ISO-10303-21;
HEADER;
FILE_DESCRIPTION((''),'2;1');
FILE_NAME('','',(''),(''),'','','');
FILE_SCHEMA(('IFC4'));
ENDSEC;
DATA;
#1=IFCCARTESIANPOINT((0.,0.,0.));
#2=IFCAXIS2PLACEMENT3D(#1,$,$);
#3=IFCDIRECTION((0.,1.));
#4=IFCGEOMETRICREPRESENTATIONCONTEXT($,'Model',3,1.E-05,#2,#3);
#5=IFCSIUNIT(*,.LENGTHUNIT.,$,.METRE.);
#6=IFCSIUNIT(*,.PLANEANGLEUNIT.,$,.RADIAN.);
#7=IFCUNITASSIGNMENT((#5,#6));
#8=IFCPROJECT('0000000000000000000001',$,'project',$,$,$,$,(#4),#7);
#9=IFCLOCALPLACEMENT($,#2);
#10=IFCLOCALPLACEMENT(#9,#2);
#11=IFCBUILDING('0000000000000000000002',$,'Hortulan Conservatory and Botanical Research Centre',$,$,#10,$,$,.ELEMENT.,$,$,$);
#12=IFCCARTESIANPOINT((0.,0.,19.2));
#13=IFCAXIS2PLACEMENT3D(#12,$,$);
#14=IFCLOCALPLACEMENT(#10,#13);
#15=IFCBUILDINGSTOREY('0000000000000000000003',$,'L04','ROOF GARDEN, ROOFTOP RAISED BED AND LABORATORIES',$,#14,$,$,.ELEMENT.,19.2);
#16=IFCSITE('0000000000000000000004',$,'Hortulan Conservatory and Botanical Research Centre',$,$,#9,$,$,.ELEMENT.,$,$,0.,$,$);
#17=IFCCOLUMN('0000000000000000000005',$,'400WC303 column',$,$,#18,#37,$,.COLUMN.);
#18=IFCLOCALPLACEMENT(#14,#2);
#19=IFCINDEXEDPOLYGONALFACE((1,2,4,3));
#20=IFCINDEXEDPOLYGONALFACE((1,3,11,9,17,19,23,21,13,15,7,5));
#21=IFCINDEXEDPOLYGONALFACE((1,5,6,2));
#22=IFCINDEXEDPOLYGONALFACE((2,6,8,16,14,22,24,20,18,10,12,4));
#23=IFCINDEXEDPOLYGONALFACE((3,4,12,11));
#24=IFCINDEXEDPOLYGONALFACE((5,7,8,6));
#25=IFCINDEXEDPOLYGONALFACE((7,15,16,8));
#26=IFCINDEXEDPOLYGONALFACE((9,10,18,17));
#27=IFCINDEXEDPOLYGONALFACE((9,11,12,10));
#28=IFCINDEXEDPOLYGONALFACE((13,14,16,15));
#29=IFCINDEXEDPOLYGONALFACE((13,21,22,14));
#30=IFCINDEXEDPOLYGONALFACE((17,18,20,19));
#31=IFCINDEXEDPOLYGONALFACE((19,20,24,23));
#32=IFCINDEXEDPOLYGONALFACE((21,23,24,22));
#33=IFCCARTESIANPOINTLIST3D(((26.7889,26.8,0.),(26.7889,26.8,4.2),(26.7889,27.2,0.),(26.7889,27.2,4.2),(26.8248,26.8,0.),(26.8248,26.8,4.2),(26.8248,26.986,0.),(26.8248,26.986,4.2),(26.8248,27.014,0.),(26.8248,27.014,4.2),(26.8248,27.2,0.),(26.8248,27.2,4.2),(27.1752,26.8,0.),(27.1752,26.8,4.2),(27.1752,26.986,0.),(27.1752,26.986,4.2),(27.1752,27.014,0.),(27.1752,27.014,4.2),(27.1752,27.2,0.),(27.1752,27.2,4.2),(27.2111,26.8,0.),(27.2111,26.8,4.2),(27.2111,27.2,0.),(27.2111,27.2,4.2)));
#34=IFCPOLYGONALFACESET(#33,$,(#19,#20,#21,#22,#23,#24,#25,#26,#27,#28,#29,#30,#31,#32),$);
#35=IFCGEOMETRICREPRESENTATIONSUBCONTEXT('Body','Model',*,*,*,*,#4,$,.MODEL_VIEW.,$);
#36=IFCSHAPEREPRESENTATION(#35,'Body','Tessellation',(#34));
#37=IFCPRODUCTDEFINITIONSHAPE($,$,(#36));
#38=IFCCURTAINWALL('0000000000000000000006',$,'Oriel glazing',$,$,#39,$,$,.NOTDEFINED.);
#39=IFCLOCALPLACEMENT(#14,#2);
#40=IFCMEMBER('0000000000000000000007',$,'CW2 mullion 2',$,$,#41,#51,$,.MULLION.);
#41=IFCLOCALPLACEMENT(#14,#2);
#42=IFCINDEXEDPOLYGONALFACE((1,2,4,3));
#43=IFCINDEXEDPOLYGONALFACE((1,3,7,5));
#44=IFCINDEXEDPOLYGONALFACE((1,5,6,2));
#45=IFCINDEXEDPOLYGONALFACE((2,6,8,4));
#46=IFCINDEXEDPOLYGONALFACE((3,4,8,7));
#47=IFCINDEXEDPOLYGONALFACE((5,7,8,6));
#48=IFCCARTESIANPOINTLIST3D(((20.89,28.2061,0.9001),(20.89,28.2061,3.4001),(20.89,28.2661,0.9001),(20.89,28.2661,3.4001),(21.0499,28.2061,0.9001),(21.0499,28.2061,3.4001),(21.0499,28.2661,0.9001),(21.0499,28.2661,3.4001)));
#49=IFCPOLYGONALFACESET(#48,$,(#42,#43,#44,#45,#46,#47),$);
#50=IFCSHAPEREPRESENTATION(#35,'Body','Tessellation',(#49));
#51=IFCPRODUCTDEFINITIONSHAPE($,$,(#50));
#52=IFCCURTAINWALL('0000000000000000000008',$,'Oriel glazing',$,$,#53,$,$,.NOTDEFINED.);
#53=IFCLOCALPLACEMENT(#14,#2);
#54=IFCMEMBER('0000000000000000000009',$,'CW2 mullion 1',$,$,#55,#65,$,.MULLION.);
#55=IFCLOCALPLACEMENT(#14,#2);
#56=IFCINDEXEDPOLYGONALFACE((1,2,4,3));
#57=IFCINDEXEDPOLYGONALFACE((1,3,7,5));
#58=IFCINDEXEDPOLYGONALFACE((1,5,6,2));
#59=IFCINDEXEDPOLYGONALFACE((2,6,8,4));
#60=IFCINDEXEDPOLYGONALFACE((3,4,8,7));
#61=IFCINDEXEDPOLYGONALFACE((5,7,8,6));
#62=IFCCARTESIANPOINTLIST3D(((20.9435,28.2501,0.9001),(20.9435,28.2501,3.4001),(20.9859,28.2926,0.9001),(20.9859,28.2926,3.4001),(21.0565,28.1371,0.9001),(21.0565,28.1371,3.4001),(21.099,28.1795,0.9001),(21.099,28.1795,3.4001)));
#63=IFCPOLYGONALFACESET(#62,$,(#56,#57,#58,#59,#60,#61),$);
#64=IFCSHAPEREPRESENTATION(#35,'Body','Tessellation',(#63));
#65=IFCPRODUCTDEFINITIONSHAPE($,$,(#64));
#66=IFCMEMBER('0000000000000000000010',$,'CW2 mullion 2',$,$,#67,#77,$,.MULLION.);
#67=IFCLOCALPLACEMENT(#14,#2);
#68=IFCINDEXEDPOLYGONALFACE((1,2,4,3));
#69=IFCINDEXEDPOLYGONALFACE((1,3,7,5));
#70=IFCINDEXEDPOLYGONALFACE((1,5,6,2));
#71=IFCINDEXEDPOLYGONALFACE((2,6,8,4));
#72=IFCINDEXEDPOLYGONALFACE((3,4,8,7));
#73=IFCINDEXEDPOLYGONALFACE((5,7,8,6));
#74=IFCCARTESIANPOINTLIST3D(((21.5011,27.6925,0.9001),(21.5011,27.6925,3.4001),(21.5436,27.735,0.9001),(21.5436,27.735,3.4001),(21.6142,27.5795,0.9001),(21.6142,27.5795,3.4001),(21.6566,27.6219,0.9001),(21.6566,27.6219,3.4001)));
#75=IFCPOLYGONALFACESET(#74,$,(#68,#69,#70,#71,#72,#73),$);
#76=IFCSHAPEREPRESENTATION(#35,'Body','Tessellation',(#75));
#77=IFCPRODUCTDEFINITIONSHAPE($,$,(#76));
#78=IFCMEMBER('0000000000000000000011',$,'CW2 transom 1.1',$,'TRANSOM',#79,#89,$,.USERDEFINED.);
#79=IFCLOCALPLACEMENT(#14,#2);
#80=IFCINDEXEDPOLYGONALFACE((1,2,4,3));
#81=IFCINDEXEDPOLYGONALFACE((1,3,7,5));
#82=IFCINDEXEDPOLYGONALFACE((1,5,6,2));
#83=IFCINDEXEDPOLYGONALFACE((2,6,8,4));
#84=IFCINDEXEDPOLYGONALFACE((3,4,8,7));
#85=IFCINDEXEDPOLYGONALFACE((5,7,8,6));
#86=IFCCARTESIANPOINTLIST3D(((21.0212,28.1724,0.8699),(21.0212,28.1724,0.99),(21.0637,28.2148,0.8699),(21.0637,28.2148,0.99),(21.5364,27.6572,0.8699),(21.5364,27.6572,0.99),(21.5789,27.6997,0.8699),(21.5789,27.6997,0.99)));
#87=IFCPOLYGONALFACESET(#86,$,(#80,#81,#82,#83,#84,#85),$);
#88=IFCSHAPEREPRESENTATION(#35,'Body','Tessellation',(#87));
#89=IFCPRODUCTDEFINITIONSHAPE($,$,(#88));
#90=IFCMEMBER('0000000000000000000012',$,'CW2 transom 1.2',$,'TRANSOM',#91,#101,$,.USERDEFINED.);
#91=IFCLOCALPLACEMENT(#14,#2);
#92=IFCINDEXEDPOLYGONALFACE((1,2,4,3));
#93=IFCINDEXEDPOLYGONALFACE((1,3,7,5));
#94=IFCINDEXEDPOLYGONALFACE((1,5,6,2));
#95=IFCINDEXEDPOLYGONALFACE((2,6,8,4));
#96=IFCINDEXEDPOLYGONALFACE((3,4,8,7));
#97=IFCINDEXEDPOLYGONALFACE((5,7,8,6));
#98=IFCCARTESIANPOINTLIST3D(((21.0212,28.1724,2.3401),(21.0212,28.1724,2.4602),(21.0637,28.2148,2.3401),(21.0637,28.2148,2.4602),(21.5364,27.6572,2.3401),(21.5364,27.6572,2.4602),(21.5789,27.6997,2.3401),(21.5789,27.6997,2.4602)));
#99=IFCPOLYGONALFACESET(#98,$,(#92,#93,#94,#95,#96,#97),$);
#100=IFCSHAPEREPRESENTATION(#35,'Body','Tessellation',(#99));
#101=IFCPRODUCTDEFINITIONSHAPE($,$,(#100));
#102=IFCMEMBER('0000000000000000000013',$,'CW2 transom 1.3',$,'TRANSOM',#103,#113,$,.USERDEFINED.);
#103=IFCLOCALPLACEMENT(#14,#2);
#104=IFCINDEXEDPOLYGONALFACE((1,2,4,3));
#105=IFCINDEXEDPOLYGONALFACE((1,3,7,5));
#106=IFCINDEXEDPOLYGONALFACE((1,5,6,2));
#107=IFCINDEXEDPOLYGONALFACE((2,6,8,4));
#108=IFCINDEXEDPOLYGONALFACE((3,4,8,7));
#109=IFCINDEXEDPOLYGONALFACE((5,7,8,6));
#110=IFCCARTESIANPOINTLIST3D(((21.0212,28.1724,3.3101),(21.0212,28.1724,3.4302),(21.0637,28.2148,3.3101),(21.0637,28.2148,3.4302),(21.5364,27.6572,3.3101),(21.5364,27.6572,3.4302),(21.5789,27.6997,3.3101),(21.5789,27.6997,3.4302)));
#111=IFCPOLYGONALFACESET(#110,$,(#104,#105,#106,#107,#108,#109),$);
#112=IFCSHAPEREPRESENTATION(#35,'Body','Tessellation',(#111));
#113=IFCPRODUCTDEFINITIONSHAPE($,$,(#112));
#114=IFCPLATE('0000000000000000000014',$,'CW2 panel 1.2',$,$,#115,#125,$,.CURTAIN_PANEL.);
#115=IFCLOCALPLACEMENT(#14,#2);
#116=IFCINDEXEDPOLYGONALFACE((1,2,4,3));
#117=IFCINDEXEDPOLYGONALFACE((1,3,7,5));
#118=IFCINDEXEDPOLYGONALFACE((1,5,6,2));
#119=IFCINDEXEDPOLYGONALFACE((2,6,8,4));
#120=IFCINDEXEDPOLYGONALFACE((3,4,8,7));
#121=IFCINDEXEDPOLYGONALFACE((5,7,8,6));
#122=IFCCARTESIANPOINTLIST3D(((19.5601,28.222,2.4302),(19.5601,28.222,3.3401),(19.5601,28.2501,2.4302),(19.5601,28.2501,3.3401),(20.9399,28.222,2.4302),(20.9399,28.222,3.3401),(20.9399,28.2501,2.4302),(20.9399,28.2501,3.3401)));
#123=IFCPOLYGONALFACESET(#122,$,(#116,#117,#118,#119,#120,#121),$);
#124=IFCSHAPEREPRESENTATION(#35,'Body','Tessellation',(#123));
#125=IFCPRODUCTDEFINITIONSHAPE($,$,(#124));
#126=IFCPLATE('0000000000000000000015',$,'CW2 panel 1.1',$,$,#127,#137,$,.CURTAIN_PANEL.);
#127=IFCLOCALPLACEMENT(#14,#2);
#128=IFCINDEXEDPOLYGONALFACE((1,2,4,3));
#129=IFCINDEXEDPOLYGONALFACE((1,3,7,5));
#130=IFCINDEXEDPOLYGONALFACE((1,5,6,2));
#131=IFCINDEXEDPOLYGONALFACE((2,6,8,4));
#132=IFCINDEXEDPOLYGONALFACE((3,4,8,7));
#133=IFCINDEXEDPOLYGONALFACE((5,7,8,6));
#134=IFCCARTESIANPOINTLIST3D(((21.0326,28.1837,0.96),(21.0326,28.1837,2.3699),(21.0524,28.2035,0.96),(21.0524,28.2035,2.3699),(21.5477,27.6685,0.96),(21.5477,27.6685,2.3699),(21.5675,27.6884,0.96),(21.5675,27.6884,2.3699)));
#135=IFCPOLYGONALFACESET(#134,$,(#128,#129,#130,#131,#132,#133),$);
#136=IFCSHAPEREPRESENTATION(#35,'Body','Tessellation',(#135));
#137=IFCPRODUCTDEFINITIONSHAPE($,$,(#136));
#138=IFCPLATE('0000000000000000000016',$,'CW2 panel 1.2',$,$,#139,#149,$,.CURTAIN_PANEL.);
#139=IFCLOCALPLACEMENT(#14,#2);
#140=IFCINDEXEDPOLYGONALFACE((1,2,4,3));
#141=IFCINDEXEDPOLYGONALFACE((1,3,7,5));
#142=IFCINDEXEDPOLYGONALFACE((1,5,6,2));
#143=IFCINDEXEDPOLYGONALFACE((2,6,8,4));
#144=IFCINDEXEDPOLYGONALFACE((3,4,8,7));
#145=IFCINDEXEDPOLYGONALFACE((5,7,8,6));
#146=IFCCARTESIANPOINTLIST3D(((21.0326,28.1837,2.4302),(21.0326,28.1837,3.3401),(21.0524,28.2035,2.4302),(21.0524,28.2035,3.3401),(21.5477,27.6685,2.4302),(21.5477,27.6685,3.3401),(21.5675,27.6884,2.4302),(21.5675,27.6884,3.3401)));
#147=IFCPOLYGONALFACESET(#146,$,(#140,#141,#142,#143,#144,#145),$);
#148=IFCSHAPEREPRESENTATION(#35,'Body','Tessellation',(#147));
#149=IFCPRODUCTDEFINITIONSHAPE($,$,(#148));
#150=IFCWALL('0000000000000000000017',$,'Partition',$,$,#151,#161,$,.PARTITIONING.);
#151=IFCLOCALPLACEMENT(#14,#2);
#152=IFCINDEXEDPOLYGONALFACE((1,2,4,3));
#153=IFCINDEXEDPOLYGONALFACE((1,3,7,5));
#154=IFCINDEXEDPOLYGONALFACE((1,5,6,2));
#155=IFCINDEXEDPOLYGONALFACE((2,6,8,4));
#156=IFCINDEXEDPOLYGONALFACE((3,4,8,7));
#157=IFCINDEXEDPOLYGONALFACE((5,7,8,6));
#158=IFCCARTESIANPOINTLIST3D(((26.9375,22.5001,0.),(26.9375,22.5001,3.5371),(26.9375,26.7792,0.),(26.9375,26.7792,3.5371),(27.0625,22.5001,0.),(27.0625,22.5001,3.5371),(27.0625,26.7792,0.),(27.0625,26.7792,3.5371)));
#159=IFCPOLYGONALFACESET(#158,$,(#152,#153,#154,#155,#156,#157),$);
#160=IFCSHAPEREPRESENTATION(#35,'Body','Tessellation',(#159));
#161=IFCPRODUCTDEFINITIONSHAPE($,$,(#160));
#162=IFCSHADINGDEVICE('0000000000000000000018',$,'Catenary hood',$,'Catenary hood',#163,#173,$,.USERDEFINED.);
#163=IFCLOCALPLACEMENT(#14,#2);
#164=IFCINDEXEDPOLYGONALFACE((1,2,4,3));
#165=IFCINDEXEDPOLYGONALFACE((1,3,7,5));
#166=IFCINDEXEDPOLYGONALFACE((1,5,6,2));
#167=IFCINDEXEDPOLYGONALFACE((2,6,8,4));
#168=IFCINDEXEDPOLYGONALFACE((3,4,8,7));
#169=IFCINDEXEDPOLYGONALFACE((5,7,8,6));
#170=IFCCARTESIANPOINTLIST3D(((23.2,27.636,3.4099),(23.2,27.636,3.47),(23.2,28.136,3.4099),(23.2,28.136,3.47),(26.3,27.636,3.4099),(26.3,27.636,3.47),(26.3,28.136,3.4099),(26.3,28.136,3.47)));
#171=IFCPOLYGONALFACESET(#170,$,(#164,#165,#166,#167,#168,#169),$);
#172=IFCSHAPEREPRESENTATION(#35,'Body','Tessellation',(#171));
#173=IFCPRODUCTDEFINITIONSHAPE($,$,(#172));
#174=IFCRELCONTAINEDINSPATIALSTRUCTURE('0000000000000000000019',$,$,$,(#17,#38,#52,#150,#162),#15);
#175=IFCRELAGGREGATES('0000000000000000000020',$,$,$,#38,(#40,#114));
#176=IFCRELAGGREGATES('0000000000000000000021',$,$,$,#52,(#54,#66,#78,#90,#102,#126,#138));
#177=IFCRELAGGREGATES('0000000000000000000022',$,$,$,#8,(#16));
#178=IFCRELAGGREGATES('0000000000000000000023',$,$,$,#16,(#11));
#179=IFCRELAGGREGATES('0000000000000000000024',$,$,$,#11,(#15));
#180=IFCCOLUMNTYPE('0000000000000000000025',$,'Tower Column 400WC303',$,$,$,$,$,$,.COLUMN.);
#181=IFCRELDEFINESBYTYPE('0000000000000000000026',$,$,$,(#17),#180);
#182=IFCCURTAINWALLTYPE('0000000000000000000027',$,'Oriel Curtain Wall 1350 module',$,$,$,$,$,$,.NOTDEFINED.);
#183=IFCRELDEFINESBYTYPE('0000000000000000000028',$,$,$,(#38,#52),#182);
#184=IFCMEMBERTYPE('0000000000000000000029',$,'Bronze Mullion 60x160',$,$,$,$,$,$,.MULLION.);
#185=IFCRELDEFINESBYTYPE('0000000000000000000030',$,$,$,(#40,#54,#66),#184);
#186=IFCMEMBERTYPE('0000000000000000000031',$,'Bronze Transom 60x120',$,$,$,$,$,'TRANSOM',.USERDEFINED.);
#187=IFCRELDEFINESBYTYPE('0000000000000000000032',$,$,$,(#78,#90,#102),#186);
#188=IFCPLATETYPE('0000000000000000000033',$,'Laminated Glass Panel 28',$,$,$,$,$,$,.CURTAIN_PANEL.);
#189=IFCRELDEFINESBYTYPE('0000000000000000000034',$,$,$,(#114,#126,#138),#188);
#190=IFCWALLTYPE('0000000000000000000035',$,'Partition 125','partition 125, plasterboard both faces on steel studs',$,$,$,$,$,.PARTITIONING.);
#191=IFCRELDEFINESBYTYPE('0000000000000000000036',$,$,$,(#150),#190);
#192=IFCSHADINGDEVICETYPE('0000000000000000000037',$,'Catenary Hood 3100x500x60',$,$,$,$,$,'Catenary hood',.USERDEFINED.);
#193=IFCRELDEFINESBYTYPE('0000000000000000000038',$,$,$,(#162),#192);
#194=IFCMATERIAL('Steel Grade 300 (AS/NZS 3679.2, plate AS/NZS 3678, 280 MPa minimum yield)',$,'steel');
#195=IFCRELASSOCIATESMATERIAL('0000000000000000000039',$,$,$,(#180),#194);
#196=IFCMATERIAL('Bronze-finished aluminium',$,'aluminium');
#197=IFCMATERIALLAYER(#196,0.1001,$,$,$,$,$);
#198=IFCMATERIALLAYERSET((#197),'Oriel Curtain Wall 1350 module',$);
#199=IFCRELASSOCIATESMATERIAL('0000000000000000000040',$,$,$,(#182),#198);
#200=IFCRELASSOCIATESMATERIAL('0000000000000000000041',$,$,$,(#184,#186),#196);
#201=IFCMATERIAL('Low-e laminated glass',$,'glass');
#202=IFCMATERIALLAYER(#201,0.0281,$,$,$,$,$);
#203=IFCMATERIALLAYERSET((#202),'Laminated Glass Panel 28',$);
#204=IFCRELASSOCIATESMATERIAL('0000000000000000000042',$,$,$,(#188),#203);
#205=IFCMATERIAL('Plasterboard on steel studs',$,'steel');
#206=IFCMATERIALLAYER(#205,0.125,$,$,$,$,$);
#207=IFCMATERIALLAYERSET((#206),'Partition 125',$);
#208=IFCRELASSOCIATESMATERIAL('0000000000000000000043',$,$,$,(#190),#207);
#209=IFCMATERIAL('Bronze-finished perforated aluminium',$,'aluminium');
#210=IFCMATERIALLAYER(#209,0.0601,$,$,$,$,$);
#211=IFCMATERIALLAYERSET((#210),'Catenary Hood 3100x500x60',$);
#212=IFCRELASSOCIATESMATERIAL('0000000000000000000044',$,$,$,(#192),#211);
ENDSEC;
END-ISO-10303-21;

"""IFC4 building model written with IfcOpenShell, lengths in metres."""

from ifc_helpers import new_model, si_unit, direction, frame, frame_2d, origin, origin_2d, place, context, subcontext, project, spatial, rectangle, i_section, extrude, material, layer, layer_set, material_profile, profile_set, type_object, element, aggregate, save


model = new_model("IFC4")

# Units and contexts
model_context = context("Model", 3, precision=1e-05, world=origin(), true_north=direction((0.0, 1.0)))
body_context = subcontext(model_context, "Body", "Model", "MODEL_VIEW")
ifc_project = project(units=[si_unit("LENGTHUNIT", "METRE"), si_unit("PLANEANGLEUNIT", "RADIAN")], contexts=[model_context])

# Site, building, storey
site_placement = place(None, origin())
site = spatial("IfcSite", under=ifc_project, at=site_placement, Name="Hortulan Conservatory and Botanical Research Centre", CompositionType="ELEMENT", RefElevation=0.0)
building_placement = place(site_placement, origin())
building = spatial("IfcBuilding", under=site, at=building_placement, Name="Hortulan Conservatory and Botanical Research Centre", CompositionType="ELEMENT")
storey_placement = place(building_placement, frame((0.0, 0.0, 19.2)))
storey = spatial("IfcBuildingStorey", under=building, at=storey_placement, Name="L04", Description="ROOF GARDEN, ROOFTOP RAISED BED AND LABORATORIES", CompositionType="ELEMENT", Elevation=19.2)

# Column
ifc_material_1 = material(Name="Steel Grade 300 (AS/NZS 3679.2, plate AS/NZS 3678, 280 MPa minimum yield)", Category="steel")
ifc_material_profile_1 = material_profile(ifc_material_1, i_section(OverallWidth=0.3999, OverallDepth=0.4221, WebThickness=0.0281, FlangeThickness=0.0359, at=origin_2d()), Name="400WC303")
ifc_profile_set_1 = profile_set([ifc_material_profile_1], Name="Steel Grade 300 (AS/NZS 3679.2, plate AS/NZS 3678, 280 MPa minimum yield)")
column_type = type_object("IfcColumnType", Name="Tower Column 400WC303", PredefinedType="COLUMN", material=ifc_profile_set_1)
column_placement = place(storey_placement, frame((27.0, 27.0, 0.0), z_axis=(0.0, 0.0, 1.0), x_axis=(0.0, 1.0, 0.0)))
element("IfcColumn", 1, at=column_placement, inside=storey, type_object=column_type, Name="400WC303 column", PredefinedType="COLUMN", context=body_context, shape_type="SweptSolid", body=[
    extrude(i_section(OverallWidth=0.3999, OverallDepth=0.4221, WebThickness=0.0281, FlangeThickness=0.0359, at=origin_2d()), origin(), (0.0, 0.0, 1.0), 4.2),
])

# Curtain wall, member
ifc_material_2 = material(Name="Bronze-finished aluminium", Category="aluminium")
ifc_layer_1 = layer(ifc_material_2, 0.1001)
ifc_layer_set_1 = layer_set([ifc_layer_1], Name="Oriel Curtain Wall 1350 module")
curtain_wall_type = type_object("IfcCurtainWallType", Name="Oriel Curtain Wall 1350 module", PredefinedType="NOTDEFINED", material=ifc_layer_set_1)
curtain_wall_1_placement = place(storey_placement, origin())
curtain_wall_1 = element("IfcCurtainWall", 2, at=curtain_wall_1_placement, inside=storey, type_object=curtain_wall_type, Name="Oriel glazing", PredefinedType="NOTDEFINED")
ifc_material_profile_2 = material_profile(ifc_material_2, rectangle(XDim=0.0601, YDim=0.1599, at=origin_2d()), Name="Bronze Mullion 60x160")
ifc_profile_set_2 = profile_set([ifc_material_profile_2], Name="Bronze-finished aluminium")
member_type_1 = type_object("IfcMemberType", Name="Bronze Mullion 60x160", PredefinedType="MULLION", material=ifc_profile_set_2)
member_1_placement = place(storey_placement, frame((20.97, 28.2361, 0.9001), z_axis=(0.0, 0.0, 1.0), x_axis=(0.0, 1.0, 0.0)))
member_1 = element("IfcMember", 3, at=member_1_placement, type_object=member_type_1, Name="CW2 mullion 2", PredefinedType="MULLION", context=body_context, shape_type="SweptSolid", body=[
    extrude(rectangle(XDim=0.0601, YDim=0.1599, at=origin_2d()), origin(), (0.0, 0.0, 1.0), 2.5),
])

# Curtain wall, members
curtain_wall_2_placement = place(storey_placement, origin())
curtain_wall_2 = element("IfcCurtainWall", 4, at=curtain_wall_2_placement, inside=storey, type_object=curtain_wall_type, Name="Oriel glazing", PredefinedType="NOTDEFINED")
member_2_placement = place(storey_placement, frame((21.0212, 28.2148, 0.9001), z_axis=(0.0, 0.0, 1.0), x_axis=(0.707107, 0.707107, 0.0)))
member_2 = element("IfcMember", 5, at=member_2_placement, type_object=member_type_1, Name="CW2 mullion 1", PredefinedType="MULLION", context=body_context, shape_type="SweptSolid", body=[
    extrude(rectangle(XDim=0.0601, YDim=0.1599, at=origin_2d()), origin(), (0.0, 0.0, 1.0), 2.5),
])
member_3_placement = place(storey_placement, frame((21.5789, 27.6572, 0.9001), z_axis=(0.0, 0.0, 1.0), x_axis=(0.707107, 0.707107, 0.0)))
member_3 = element("IfcMember", 6, at=member_3_placement, type_object=member_type_1, Name="CW2 mullion 2", PredefinedType="MULLION", context=body_context, shape_type="SweptSolid", body=[
    extrude(rectangle(XDim=0.0601, YDim=0.1599, at=origin_2d()), origin(), (0.0, 0.0, 1.0), 2.5),
])
ifc_material_profile_3 = material_profile(ifc_material_2, rectangle(XDim=0.0601, YDim=0.1201, at=origin_2d()), Name="Bronze Transom 60x120")
ifc_profile_set_3 = profile_set([ifc_material_profile_3], Name="Bronze-finished aluminium")
member_type_2 = type_object("IfcMemberType", Name="Bronze Transom 60x120", ElementType="TRANSOM", PredefinedType="USERDEFINED", material=ifc_profile_set_3)
member_4_placement = place(storey_placement, frame((21.0425, 28.1936, 0.9299), z_axis=(0.707107, -0.707107, 0.0), x_axis=(0.707107, 0.707107, 0.0)))
member_4 = element("IfcMember", 7, at=member_4_placement, type_object=member_type_2, Name="CW2 transom 1.1", ObjectType="TRANSOM", PredefinedType="USERDEFINED", context=body_context, shape_type="SweptSolid", body=[
    extrude(rectangle(XDim=0.0601, YDim=0.1201, at=origin_2d()), origin(), (0.0, 0.0, 1.0), 0.7285),
])
member_5_placement = place(storey_placement, frame((21.0425, 28.1936, 2.4001), z_axis=(0.707107, -0.707107, 0.0), x_axis=(0.707107, 0.707107, 0.0)))
member_5 = element("IfcMember", 8, at=member_5_placement, type_object=member_type_2, Name="CW2 transom 1.2", ObjectType="TRANSOM", PredefinedType="USERDEFINED", context=body_context, shape_type="SweptSolid", body=[
    extrude(rectangle(XDim=0.0601, YDim=0.1201, at=origin_2d()), origin(), (0.0, 0.0, 1.0), 0.7285),
])
member_6_placement = place(storey_placement, frame((21.0425, 28.1936, 3.3701), z_axis=(0.707107, -0.707107, 0.0), x_axis=(0.707107, 0.707107, 0.0)))
member_6 = element("IfcMember", 9, at=member_6_placement, type_object=member_type_2, Name="CW2 transom 1.3", ObjectType="TRANSOM", PredefinedType="USERDEFINED", context=body_context, shape_type="SweptSolid", body=[
    extrude(rectangle(XDim=0.0601, YDim=0.1201, at=origin_2d()), origin(), (0.0, 0.0, 1.0), 0.7285),
])

# Plates
ifc_material_3 = material(Name="Low-e laminated glass", Category="glass")
ifc_layer_2 = layer(ifc_material_3, 0.0281)
ifc_layer_set_2 = layer_set([ifc_layer_2], Name="Laminated Glass Panel 28")
plate_type = type_object("IfcPlateType", Name="Laminated Glass Panel 28", PredefinedType="CURTAIN_PANEL", material=ifc_layer_set_2)
plate_1_placement = place(storey_placement, frame((20.25, 28.2361, 2.4302), z_axis=(0.0, 0.0, 1.0), x_axis=(1.0, 0.0, 0.0)))
plate_1 = element("IfcPlate", 10, at=plate_1_placement, type_object=plate_type, Name="CW2 panel 1.2", PredefinedType="CURTAIN_PANEL", context=body_context, shape_type="SweptSolid", body=[
    extrude(rectangle(XDim=1.3799, YDim=0.0281, at=origin_2d()), origin(), (0.0, 0.0, 1.0), 0.9099),
])
aggregate(curtain_wall_1, [member_1, plate_1])
plate_2_placement = place(storey_placement, frame((21.3, 27.936, 0.96), z_axis=(0.0, 0.0, 1.0), x_axis=(0.707107, -0.707107, 0.0)))
plate_2 = element("IfcPlate", 11, at=plate_2_placement, type_object=plate_type, Name="CW2 panel 1.1", PredefinedType="CURTAIN_PANEL", context=body_context, shape_type="SweptSolid", body=[
    extrude(rectangle(XDim=0.7285, YDim=0.0281, at=origin_2d()), origin(), (0.0, 0.0, 1.0), 1.4099),
])
plate_3_placement = place(storey_placement, frame((21.3, 27.936, 2.4302), z_axis=(0.0, 0.0, 1.0), x_axis=(0.707107, -0.707107, 0.0)))
plate_3 = element("IfcPlate", 12, at=plate_3_placement, type_object=plate_type, Name="CW2 panel 1.2", PredefinedType="CURTAIN_PANEL", context=body_context, shape_type="SweptSolid", body=[
    extrude(rectangle(XDim=0.7285, YDim=0.0281, at=origin_2d()), origin(), (0.0, 0.0, 1.0), 0.9099),
])
aggregate(curtain_wall_2, [member_2, member_3, member_4, member_5, member_6, plate_2, plate_3])

# Wall
ifc_material_4 = material(Name="Plasterboard on steel studs", Category="steel")
ifc_layer_3 = layer(ifc_material_4, 0.125)
ifc_layer_set_3 = layer_set([ifc_layer_3], Name="Partition 125")
wall_type = type_object("IfcWallType", Name="Partition 125", Description="partition 125, plasterboard both faces on steel studs", PredefinedType="PARTITIONING", material=ifc_layer_set_3)
wall_placement = place(storey_placement, frame((27.0, 22.5, 0.0), z_axis=(0.0, 0.0, 1.0), x_axis=(0.0, 1.0, 0.0)))
element("IfcWall", 13, at=wall_placement, inside=storey, type_object=wall_type, Name="Partition", PredefinedType="PARTITIONING", context=body_context, shape_type="SweptSolid", body=[
    extrude(rectangle(XDim=4.2791, YDim=0.125, at=frame_2d((2.1396, 0.0))), origin(), (0.0, 0.0, 1.0), 3.5371),
])

# Shading device
ifc_material_5 = material(Name="Bronze-finished perforated aluminium", Category="aluminium")
ifc_layer_4 = layer(ifc_material_5, 0.0601)
ifc_layer_set_4 = layer_set([ifc_layer_4], Name="Catenary Hood 3100x500x60")
shading_device_type = type_object("IfcShadingDeviceType", Name="Catenary Hood 3100x500x60", ElementType="Catenary hood", PredefinedType="USERDEFINED", material=ifc_layer_set_4)
shading_device_placement = place(storey_placement, frame((24.75, 27.886, 3.4099), z_axis=(0.0, 0.0, 1.0), x_axis=(1.0, 0.0, 0.0)))
element("IfcShadingDevice", 14, at=shading_device_placement, inside=storey, type_object=shading_device_type, Name="Catenary hood", ObjectType="Catenary hood", PredefinedType="USERDEFINED", context=body_context, shape_type="SweptSolid", body=[
    extrude(rectangle(XDim=3.1001, YDim=0.5, at=origin_2d()), origin(), (0.0, 0.0, 1.0), 0.0601),
])

save(model, "model.ifc")
